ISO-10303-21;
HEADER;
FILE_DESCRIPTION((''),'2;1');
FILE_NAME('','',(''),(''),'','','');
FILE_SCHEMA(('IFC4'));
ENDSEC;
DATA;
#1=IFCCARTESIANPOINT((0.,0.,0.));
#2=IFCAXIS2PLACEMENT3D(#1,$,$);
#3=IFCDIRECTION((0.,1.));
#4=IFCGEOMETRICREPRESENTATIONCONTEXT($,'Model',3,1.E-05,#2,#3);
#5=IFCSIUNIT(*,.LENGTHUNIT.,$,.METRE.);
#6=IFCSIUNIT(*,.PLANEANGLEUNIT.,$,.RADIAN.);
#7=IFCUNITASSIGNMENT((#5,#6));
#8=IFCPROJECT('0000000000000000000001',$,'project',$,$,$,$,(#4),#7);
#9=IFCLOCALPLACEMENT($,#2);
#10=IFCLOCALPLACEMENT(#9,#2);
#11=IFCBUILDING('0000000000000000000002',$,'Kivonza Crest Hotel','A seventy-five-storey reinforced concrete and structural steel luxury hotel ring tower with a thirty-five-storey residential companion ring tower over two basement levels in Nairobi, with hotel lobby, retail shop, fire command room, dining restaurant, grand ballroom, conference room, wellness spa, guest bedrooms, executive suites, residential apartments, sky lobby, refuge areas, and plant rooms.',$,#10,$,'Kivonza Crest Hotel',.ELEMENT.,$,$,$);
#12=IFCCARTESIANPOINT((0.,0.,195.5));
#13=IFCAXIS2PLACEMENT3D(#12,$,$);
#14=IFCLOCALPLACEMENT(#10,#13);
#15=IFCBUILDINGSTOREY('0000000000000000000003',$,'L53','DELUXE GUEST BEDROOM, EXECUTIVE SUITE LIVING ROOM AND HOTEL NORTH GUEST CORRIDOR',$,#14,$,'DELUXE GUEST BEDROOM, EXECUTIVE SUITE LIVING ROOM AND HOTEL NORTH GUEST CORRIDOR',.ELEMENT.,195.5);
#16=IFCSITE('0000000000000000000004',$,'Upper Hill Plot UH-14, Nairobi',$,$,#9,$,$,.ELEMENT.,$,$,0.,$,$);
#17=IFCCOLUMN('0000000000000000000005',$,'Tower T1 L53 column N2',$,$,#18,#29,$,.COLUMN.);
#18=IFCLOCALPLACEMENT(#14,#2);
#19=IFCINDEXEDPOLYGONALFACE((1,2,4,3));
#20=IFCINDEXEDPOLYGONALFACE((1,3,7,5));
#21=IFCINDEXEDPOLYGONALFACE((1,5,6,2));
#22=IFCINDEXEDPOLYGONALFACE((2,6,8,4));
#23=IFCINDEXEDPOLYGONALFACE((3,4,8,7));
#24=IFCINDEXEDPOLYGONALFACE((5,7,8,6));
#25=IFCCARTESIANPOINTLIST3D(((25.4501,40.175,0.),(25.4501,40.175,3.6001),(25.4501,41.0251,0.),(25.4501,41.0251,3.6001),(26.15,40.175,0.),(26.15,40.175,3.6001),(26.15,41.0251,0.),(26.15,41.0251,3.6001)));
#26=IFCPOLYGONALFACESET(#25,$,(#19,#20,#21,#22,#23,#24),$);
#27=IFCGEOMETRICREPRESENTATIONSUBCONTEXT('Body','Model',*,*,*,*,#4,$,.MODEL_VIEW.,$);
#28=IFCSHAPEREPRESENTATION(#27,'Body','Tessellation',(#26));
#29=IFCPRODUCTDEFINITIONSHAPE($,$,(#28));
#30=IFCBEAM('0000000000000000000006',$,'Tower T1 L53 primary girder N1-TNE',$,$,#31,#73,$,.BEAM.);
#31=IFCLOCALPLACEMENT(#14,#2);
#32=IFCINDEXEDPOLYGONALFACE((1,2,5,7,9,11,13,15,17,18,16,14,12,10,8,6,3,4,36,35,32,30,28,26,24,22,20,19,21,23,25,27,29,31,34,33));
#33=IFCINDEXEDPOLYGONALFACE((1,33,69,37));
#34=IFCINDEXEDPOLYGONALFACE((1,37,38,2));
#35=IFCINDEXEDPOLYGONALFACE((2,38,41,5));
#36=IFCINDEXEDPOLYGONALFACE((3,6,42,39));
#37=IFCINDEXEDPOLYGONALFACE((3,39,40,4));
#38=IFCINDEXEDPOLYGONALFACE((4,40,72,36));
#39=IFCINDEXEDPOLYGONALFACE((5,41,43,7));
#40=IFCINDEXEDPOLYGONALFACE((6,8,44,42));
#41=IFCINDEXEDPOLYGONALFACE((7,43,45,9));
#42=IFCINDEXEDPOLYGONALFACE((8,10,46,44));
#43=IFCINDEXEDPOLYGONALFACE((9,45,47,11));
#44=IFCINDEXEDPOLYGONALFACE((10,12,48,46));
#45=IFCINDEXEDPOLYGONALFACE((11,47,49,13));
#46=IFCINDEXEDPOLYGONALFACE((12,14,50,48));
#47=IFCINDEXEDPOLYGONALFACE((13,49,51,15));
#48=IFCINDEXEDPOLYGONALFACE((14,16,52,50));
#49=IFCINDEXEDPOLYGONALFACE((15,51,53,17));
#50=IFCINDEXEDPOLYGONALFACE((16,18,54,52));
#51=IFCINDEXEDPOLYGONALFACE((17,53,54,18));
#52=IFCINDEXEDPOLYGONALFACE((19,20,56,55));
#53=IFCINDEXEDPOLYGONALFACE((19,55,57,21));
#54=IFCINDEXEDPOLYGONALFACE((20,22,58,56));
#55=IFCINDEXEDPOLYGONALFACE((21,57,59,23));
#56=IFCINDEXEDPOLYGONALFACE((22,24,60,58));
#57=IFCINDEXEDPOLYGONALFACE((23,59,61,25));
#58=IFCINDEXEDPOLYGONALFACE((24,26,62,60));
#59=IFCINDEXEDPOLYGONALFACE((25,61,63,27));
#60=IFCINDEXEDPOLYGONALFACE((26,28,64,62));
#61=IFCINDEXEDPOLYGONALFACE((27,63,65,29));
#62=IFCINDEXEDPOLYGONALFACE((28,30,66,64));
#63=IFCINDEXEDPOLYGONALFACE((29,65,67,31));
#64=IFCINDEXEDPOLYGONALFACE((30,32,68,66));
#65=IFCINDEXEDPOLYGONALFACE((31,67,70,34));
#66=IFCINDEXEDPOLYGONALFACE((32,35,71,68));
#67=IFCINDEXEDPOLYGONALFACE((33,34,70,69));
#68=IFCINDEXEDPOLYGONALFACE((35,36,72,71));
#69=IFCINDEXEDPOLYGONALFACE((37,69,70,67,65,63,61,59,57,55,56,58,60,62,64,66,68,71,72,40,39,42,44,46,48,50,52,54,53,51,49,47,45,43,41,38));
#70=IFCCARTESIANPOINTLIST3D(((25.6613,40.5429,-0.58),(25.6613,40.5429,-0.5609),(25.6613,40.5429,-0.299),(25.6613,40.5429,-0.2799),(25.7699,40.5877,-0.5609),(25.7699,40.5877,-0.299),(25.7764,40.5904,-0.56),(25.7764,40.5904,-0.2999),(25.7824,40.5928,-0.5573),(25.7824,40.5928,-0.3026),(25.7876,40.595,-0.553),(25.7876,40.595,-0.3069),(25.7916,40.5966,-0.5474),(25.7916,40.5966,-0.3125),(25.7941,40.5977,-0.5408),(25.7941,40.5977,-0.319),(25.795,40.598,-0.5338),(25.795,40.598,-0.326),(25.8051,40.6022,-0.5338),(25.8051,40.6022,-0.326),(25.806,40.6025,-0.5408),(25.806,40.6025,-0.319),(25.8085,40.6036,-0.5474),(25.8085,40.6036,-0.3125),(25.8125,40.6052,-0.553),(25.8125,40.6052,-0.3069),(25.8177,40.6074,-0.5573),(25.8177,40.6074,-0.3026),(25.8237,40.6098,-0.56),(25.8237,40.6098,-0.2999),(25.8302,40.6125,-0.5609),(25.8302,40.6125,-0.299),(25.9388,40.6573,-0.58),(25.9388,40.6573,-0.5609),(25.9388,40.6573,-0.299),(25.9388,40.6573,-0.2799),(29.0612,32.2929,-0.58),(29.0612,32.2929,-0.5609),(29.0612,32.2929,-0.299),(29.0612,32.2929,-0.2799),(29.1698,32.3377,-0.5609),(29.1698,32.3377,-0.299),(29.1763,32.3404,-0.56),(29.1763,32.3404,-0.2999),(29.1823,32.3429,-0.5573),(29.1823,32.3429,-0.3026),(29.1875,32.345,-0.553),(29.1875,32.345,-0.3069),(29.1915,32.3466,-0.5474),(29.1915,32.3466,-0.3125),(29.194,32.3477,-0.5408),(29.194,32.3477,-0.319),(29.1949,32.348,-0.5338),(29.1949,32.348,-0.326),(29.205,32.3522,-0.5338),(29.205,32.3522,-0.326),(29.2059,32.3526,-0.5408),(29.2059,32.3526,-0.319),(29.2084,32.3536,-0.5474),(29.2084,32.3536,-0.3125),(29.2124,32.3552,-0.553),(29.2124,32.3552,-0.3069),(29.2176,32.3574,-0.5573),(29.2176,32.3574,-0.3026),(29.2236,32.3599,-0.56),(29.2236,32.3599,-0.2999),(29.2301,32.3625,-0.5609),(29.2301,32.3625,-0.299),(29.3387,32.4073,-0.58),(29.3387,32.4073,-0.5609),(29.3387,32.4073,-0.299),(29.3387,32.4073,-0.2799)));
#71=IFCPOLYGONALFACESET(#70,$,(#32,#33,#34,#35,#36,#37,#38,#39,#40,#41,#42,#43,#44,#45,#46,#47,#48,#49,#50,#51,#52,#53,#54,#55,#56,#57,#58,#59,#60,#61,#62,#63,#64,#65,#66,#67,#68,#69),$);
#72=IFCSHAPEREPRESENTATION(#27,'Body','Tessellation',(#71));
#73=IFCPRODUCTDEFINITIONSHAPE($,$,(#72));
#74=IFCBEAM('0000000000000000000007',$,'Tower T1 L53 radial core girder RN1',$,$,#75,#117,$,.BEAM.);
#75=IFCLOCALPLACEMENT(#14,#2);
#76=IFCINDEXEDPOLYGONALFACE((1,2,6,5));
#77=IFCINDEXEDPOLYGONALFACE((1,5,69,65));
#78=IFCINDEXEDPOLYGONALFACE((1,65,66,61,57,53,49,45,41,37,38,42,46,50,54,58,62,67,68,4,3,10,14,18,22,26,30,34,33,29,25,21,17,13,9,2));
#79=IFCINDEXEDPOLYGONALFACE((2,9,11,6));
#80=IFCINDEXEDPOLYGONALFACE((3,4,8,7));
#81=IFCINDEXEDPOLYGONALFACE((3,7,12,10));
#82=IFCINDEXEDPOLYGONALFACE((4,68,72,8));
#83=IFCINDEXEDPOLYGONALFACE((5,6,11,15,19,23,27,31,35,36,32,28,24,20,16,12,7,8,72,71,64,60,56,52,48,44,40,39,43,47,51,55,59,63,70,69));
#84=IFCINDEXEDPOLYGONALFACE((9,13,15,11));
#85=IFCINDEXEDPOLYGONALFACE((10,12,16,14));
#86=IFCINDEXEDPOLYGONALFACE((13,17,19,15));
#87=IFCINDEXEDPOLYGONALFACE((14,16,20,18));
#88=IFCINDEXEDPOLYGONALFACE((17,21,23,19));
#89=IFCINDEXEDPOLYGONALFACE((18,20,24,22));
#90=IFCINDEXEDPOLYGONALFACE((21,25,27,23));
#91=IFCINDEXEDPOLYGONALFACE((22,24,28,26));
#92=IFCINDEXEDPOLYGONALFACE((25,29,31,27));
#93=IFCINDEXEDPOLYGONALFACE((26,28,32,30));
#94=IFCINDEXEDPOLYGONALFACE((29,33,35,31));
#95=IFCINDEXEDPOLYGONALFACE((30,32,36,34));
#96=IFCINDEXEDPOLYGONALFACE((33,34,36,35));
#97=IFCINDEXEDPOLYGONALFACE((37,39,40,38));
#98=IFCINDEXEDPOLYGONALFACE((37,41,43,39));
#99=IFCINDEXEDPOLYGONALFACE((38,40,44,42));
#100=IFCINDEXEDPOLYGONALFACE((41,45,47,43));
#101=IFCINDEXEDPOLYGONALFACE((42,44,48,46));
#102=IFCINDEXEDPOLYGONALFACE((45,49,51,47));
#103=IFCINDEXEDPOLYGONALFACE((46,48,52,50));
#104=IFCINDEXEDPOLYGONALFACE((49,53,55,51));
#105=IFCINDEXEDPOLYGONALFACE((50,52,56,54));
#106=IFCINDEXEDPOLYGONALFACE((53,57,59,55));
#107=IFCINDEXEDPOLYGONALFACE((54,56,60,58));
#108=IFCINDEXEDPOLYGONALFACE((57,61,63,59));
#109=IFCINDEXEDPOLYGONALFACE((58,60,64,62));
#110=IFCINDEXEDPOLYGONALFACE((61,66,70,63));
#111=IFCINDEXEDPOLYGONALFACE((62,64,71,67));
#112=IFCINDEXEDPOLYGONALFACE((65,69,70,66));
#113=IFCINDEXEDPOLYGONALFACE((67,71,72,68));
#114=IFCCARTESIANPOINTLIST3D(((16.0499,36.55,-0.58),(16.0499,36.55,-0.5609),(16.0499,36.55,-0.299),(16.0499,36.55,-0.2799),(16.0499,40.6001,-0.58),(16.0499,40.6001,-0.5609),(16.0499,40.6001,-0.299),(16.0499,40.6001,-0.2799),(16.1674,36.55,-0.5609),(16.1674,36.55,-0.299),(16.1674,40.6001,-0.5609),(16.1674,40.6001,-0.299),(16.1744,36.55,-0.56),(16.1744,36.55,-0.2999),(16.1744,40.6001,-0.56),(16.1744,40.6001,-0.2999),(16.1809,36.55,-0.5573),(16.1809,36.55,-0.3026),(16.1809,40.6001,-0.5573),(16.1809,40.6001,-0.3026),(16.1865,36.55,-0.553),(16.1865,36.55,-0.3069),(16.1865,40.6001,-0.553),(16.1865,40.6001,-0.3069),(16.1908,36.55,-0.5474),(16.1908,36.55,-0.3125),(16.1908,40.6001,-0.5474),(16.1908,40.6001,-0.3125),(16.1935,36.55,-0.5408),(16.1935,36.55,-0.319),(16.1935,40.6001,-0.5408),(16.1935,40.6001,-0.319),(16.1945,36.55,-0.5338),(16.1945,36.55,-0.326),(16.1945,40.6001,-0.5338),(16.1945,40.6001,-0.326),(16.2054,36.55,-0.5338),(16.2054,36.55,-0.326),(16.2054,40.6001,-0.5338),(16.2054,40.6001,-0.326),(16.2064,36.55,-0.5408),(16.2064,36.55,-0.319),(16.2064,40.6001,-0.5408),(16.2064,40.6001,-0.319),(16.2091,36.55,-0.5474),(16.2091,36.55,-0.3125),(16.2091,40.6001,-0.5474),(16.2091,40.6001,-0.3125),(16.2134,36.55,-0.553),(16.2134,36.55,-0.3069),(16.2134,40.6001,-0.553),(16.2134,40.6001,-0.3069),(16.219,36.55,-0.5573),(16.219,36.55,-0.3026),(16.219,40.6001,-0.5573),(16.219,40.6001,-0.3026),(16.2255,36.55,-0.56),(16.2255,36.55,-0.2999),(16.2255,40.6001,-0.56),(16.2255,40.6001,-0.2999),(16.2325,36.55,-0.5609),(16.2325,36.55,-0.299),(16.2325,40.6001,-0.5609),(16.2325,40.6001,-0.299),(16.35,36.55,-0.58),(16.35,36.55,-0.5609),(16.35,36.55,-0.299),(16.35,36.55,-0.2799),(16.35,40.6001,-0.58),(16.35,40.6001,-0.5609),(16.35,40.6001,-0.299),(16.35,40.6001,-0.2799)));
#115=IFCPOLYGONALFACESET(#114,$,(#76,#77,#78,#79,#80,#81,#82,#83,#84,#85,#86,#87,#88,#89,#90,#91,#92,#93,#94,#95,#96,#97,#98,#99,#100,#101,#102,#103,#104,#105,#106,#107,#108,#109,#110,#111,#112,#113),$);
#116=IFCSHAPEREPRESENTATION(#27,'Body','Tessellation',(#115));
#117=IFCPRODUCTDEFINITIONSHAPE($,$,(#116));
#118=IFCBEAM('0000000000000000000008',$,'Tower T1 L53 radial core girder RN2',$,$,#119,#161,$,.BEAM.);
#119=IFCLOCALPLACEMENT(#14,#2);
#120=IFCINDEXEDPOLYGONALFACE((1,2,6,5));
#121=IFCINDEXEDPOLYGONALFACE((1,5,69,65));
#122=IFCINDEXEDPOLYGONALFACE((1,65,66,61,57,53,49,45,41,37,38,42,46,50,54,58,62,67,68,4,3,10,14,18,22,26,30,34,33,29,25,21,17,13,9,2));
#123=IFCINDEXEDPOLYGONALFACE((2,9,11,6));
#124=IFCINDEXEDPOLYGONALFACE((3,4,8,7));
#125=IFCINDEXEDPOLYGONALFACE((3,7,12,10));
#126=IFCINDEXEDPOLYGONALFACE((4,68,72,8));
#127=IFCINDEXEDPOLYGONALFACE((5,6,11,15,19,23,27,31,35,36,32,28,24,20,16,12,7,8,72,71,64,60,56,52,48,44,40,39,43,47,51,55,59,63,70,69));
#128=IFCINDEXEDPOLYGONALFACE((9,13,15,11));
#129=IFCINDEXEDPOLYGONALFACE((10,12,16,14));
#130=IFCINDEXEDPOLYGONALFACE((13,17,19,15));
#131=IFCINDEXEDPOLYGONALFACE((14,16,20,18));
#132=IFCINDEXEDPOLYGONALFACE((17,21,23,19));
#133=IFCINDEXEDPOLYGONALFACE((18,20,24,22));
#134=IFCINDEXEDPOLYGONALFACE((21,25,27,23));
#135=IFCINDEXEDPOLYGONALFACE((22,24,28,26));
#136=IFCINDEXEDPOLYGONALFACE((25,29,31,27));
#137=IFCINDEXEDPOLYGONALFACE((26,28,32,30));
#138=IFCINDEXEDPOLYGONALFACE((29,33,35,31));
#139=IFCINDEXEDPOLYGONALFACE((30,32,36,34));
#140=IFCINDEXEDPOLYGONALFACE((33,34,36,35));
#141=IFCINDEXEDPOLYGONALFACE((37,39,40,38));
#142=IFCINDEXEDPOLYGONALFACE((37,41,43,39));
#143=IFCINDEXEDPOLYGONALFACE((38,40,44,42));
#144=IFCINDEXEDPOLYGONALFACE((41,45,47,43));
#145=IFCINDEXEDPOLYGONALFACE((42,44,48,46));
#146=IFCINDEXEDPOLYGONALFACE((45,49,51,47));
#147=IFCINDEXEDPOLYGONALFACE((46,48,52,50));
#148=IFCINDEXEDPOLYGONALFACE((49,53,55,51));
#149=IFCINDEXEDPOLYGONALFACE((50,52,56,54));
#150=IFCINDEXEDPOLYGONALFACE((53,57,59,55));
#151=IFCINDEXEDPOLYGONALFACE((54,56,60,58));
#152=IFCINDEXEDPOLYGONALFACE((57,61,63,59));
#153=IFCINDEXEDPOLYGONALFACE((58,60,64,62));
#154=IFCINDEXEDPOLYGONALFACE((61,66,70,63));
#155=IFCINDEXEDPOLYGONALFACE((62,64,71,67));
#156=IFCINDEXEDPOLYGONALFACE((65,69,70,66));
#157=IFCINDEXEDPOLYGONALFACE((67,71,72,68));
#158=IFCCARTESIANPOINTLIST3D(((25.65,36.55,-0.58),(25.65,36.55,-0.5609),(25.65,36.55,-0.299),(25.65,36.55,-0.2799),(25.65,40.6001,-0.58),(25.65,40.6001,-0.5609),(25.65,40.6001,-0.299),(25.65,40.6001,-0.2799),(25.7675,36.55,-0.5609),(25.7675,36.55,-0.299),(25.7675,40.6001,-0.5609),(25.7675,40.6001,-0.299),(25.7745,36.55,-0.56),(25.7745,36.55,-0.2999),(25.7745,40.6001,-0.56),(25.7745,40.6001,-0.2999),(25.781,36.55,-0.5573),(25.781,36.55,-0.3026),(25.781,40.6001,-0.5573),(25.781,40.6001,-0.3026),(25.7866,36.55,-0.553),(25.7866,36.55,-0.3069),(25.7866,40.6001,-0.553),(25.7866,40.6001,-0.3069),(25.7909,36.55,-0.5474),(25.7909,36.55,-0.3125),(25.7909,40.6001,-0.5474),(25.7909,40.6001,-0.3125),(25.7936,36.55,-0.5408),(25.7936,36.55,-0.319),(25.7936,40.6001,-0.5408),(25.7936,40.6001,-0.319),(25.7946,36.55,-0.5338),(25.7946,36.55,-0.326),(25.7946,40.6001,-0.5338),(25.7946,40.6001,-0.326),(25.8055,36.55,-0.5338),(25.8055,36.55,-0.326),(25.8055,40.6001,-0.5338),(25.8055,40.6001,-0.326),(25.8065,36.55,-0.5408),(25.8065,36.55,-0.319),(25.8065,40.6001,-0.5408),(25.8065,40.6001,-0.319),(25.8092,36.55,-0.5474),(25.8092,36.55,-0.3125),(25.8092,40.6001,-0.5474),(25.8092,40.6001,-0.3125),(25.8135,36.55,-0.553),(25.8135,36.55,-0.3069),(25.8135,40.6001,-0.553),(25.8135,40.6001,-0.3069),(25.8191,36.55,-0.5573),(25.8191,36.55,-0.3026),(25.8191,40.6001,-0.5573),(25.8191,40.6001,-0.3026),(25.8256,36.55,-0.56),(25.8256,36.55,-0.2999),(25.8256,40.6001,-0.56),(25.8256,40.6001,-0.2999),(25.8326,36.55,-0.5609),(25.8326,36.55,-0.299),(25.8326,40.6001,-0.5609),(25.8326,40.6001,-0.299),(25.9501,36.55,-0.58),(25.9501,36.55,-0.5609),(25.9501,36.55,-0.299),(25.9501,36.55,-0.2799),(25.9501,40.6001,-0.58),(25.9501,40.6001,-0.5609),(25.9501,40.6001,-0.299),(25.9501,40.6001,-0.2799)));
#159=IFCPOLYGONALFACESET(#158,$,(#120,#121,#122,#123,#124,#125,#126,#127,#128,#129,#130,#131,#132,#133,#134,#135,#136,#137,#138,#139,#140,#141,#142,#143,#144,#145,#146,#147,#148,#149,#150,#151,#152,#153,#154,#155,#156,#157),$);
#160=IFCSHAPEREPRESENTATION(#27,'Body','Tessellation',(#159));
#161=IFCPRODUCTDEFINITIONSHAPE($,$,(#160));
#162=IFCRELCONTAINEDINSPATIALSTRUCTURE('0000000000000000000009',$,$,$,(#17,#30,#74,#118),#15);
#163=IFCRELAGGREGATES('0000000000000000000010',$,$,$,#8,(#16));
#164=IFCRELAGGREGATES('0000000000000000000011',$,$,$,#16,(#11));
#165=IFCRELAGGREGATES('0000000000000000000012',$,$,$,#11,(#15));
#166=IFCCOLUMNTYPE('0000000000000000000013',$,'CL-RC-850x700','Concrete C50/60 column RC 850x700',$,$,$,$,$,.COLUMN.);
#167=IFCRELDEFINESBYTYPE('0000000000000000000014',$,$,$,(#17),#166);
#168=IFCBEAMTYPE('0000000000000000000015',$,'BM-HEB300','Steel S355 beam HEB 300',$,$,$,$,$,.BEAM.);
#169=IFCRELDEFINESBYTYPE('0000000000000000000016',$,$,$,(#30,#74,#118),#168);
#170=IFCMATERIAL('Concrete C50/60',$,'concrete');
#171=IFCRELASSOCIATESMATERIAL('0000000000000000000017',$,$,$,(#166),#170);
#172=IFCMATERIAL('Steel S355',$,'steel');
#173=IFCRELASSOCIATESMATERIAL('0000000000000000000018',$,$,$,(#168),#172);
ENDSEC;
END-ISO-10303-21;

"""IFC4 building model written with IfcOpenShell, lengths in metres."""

from ifc_helpers import new_model, si_unit, direction, frame, origin, origin_2d, place, context, subcontext, project, spatial, rectangle, i_section, extrude, material, material_profile, profile_set, type_object, element, save


model = new_model("IFC4")

# Units and contexts
model_context = context("Model", 3, precision=1e-05, world=origin(), true_north=direction((0.0, 1.0)))
body_context = subcontext(model_context, "Body", "Model", "MODEL_VIEW")
ifc_project = project(units=[si_unit("LENGTHUNIT", "METRE"), si_unit("PLANEANGLEUNIT", "RADIAN")], contexts=[model_context])

# Site, building, storey
site_placement = place(None, origin())
site = spatial("IfcSite", under=ifc_project, at=site_placement, Name="Upper Hill Plot UH-14, Nairobi", CompositionType="ELEMENT", RefElevation=0.0)
building_placement = place(site_placement, origin())
building = spatial("IfcBuilding", under=site, at=building_placement, Name="Kivonza Crest Hotel", Description="A seventy-five-storey reinforced concrete and structural steel luxury hotel ring tower with a thirty-five-storey residential companion ring tower over two basement levels in Nairobi, with hotel lobby, retail shop, fire command room, dining restaurant, grand ballroom, conference room, wellness spa, guest bedrooms, executive suites, residential apartments, sky lobby, refuge areas, and plant rooms.", LongName="Kivonza Crest Hotel", CompositionType="ELEMENT")
storey_placement = place(building_placement, frame((0.0, 0.0, 195.5)))
storey = spatial("IfcBuildingStorey", under=building, at=storey_placement, Name="L53", Description="DELUXE GUEST BEDROOM, EXECUTIVE SUITE LIVING ROOM AND HOTEL NORTH GUEST CORRIDOR", LongName="DELUXE GUEST BEDROOM, EXECUTIVE SUITE LIVING ROOM AND HOTEL NORTH GUEST CORRIDOR", CompositionType="ELEMENT", Elevation=195.5)

# Column
ifc_material_1 = material(Name="Concrete C50/60", Category="concrete")
ifc_material_profile_1 = material_profile(ifc_material_1, rectangle(XDim=0.7, YDim=0.8501, at=origin_2d()), Name="RC 850x700")
ifc_profile_set_1 = profile_set([ifc_material_profile_1], Name="Concrete C50/60")
column_type = type_object("IfcColumnType", Name="CL-RC-850x700", Description="Concrete C50/60 column RC 850x700", PredefinedType="COLUMN", material=ifc_profile_set_1)
column_placement = place(storey_placement, frame((25.8, 40.6001, 0.0), z_axis=(0.0, 0.0, 1.0), x_axis=(1.0, 0.0, 0.0)))
element("IfcColumn", 1, at=column_placement, inside=storey, type_object=column_type, Name="Tower T1 L53 column N2", PredefinedType="COLUMN", context=body_context, shape_type="SweptSolid", body=[
    extrude(rectangle(XDim=0.7, YDim=0.8501, at=origin_2d()), origin(), (0.0, 0.0, 1.0), 3.6001),
])

# Beams
ifc_material_2 = material(Name="Steel S355", Category="steel")
ifc_material_profile_2 = material_profile(ifc_material_2, i_section(OverallWidth=0.3, OverallDepth=0.3, WebThickness=0.011, FlangeThickness=0.019, FilletRadius=0.0271, at=origin_2d()), Name="HEB 300")
ifc_profile_set_2 = profile_set([ifc_material_profile_2], Name="Steel S355")
beam_type_1 = type_object("IfcBeamType", Name="BM-HEB300", Description="Steel S355 beam HEB 300", PredefinedType="BEAM", material=ifc_profile_set_2)
beam_1_placement = place(storey_placement, frame((25.8, 40.6001, -0.4299), z_axis=(0.381022, -0.924566, 0.0), x_axis=(0.924566, 0.381022, 0.0)))
element("IfcBeam", 2, at=beam_1_placement, inside=storey, type_object=beam_type_1, Name="Tower T1 L53 primary girder N1-TNE", PredefinedType="BEAM", context=body_context, shape_type="SweptSolid", body=[
    extrude(i_section(OverallWidth=0.3, OverallDepth=0.3, WebThickness=0.011, FlangeThickness=0.019, FilletRadius=0.0271, at=origin_2d()), origin(), (0.0, 0.0, 1.0), 8.9231),
])
for number, where, z_axis, x_axis, name in (
    (3, (16.2, 40.6001, -0.4299), (0.0, -1.0, 0.0), (1.0, 0.0, 0.0), "Tower T1 L53 radial core girder RN1"),
    (4, (25.8, 40.6001, -0.4299), (0.0, -1.0, 0.0), (1.0, 0.0, 0.0), "Tower T1 L53 radial core girder RN2"),
):
    element("IfcBeam", number, at=place(storey_placement, frame(where, z_axis=z_axis, x_axis=x_axis)), inside=storey, type_object=beam_type_1, Name=name, PredefinedType="BEAM", context=body_context, shape_type="SweptSolid", body=[
        extrude(i_section(OverallWidth=0.3, OverallDepth=0.3, WebThickness=0.011, FlangeThickness=0.019, FilletRadius=0.0271, at=origin_2d()), origin(), (0.0, 0.0, 1.0), 4.05),
    ])

save(model, "model.ifc")
